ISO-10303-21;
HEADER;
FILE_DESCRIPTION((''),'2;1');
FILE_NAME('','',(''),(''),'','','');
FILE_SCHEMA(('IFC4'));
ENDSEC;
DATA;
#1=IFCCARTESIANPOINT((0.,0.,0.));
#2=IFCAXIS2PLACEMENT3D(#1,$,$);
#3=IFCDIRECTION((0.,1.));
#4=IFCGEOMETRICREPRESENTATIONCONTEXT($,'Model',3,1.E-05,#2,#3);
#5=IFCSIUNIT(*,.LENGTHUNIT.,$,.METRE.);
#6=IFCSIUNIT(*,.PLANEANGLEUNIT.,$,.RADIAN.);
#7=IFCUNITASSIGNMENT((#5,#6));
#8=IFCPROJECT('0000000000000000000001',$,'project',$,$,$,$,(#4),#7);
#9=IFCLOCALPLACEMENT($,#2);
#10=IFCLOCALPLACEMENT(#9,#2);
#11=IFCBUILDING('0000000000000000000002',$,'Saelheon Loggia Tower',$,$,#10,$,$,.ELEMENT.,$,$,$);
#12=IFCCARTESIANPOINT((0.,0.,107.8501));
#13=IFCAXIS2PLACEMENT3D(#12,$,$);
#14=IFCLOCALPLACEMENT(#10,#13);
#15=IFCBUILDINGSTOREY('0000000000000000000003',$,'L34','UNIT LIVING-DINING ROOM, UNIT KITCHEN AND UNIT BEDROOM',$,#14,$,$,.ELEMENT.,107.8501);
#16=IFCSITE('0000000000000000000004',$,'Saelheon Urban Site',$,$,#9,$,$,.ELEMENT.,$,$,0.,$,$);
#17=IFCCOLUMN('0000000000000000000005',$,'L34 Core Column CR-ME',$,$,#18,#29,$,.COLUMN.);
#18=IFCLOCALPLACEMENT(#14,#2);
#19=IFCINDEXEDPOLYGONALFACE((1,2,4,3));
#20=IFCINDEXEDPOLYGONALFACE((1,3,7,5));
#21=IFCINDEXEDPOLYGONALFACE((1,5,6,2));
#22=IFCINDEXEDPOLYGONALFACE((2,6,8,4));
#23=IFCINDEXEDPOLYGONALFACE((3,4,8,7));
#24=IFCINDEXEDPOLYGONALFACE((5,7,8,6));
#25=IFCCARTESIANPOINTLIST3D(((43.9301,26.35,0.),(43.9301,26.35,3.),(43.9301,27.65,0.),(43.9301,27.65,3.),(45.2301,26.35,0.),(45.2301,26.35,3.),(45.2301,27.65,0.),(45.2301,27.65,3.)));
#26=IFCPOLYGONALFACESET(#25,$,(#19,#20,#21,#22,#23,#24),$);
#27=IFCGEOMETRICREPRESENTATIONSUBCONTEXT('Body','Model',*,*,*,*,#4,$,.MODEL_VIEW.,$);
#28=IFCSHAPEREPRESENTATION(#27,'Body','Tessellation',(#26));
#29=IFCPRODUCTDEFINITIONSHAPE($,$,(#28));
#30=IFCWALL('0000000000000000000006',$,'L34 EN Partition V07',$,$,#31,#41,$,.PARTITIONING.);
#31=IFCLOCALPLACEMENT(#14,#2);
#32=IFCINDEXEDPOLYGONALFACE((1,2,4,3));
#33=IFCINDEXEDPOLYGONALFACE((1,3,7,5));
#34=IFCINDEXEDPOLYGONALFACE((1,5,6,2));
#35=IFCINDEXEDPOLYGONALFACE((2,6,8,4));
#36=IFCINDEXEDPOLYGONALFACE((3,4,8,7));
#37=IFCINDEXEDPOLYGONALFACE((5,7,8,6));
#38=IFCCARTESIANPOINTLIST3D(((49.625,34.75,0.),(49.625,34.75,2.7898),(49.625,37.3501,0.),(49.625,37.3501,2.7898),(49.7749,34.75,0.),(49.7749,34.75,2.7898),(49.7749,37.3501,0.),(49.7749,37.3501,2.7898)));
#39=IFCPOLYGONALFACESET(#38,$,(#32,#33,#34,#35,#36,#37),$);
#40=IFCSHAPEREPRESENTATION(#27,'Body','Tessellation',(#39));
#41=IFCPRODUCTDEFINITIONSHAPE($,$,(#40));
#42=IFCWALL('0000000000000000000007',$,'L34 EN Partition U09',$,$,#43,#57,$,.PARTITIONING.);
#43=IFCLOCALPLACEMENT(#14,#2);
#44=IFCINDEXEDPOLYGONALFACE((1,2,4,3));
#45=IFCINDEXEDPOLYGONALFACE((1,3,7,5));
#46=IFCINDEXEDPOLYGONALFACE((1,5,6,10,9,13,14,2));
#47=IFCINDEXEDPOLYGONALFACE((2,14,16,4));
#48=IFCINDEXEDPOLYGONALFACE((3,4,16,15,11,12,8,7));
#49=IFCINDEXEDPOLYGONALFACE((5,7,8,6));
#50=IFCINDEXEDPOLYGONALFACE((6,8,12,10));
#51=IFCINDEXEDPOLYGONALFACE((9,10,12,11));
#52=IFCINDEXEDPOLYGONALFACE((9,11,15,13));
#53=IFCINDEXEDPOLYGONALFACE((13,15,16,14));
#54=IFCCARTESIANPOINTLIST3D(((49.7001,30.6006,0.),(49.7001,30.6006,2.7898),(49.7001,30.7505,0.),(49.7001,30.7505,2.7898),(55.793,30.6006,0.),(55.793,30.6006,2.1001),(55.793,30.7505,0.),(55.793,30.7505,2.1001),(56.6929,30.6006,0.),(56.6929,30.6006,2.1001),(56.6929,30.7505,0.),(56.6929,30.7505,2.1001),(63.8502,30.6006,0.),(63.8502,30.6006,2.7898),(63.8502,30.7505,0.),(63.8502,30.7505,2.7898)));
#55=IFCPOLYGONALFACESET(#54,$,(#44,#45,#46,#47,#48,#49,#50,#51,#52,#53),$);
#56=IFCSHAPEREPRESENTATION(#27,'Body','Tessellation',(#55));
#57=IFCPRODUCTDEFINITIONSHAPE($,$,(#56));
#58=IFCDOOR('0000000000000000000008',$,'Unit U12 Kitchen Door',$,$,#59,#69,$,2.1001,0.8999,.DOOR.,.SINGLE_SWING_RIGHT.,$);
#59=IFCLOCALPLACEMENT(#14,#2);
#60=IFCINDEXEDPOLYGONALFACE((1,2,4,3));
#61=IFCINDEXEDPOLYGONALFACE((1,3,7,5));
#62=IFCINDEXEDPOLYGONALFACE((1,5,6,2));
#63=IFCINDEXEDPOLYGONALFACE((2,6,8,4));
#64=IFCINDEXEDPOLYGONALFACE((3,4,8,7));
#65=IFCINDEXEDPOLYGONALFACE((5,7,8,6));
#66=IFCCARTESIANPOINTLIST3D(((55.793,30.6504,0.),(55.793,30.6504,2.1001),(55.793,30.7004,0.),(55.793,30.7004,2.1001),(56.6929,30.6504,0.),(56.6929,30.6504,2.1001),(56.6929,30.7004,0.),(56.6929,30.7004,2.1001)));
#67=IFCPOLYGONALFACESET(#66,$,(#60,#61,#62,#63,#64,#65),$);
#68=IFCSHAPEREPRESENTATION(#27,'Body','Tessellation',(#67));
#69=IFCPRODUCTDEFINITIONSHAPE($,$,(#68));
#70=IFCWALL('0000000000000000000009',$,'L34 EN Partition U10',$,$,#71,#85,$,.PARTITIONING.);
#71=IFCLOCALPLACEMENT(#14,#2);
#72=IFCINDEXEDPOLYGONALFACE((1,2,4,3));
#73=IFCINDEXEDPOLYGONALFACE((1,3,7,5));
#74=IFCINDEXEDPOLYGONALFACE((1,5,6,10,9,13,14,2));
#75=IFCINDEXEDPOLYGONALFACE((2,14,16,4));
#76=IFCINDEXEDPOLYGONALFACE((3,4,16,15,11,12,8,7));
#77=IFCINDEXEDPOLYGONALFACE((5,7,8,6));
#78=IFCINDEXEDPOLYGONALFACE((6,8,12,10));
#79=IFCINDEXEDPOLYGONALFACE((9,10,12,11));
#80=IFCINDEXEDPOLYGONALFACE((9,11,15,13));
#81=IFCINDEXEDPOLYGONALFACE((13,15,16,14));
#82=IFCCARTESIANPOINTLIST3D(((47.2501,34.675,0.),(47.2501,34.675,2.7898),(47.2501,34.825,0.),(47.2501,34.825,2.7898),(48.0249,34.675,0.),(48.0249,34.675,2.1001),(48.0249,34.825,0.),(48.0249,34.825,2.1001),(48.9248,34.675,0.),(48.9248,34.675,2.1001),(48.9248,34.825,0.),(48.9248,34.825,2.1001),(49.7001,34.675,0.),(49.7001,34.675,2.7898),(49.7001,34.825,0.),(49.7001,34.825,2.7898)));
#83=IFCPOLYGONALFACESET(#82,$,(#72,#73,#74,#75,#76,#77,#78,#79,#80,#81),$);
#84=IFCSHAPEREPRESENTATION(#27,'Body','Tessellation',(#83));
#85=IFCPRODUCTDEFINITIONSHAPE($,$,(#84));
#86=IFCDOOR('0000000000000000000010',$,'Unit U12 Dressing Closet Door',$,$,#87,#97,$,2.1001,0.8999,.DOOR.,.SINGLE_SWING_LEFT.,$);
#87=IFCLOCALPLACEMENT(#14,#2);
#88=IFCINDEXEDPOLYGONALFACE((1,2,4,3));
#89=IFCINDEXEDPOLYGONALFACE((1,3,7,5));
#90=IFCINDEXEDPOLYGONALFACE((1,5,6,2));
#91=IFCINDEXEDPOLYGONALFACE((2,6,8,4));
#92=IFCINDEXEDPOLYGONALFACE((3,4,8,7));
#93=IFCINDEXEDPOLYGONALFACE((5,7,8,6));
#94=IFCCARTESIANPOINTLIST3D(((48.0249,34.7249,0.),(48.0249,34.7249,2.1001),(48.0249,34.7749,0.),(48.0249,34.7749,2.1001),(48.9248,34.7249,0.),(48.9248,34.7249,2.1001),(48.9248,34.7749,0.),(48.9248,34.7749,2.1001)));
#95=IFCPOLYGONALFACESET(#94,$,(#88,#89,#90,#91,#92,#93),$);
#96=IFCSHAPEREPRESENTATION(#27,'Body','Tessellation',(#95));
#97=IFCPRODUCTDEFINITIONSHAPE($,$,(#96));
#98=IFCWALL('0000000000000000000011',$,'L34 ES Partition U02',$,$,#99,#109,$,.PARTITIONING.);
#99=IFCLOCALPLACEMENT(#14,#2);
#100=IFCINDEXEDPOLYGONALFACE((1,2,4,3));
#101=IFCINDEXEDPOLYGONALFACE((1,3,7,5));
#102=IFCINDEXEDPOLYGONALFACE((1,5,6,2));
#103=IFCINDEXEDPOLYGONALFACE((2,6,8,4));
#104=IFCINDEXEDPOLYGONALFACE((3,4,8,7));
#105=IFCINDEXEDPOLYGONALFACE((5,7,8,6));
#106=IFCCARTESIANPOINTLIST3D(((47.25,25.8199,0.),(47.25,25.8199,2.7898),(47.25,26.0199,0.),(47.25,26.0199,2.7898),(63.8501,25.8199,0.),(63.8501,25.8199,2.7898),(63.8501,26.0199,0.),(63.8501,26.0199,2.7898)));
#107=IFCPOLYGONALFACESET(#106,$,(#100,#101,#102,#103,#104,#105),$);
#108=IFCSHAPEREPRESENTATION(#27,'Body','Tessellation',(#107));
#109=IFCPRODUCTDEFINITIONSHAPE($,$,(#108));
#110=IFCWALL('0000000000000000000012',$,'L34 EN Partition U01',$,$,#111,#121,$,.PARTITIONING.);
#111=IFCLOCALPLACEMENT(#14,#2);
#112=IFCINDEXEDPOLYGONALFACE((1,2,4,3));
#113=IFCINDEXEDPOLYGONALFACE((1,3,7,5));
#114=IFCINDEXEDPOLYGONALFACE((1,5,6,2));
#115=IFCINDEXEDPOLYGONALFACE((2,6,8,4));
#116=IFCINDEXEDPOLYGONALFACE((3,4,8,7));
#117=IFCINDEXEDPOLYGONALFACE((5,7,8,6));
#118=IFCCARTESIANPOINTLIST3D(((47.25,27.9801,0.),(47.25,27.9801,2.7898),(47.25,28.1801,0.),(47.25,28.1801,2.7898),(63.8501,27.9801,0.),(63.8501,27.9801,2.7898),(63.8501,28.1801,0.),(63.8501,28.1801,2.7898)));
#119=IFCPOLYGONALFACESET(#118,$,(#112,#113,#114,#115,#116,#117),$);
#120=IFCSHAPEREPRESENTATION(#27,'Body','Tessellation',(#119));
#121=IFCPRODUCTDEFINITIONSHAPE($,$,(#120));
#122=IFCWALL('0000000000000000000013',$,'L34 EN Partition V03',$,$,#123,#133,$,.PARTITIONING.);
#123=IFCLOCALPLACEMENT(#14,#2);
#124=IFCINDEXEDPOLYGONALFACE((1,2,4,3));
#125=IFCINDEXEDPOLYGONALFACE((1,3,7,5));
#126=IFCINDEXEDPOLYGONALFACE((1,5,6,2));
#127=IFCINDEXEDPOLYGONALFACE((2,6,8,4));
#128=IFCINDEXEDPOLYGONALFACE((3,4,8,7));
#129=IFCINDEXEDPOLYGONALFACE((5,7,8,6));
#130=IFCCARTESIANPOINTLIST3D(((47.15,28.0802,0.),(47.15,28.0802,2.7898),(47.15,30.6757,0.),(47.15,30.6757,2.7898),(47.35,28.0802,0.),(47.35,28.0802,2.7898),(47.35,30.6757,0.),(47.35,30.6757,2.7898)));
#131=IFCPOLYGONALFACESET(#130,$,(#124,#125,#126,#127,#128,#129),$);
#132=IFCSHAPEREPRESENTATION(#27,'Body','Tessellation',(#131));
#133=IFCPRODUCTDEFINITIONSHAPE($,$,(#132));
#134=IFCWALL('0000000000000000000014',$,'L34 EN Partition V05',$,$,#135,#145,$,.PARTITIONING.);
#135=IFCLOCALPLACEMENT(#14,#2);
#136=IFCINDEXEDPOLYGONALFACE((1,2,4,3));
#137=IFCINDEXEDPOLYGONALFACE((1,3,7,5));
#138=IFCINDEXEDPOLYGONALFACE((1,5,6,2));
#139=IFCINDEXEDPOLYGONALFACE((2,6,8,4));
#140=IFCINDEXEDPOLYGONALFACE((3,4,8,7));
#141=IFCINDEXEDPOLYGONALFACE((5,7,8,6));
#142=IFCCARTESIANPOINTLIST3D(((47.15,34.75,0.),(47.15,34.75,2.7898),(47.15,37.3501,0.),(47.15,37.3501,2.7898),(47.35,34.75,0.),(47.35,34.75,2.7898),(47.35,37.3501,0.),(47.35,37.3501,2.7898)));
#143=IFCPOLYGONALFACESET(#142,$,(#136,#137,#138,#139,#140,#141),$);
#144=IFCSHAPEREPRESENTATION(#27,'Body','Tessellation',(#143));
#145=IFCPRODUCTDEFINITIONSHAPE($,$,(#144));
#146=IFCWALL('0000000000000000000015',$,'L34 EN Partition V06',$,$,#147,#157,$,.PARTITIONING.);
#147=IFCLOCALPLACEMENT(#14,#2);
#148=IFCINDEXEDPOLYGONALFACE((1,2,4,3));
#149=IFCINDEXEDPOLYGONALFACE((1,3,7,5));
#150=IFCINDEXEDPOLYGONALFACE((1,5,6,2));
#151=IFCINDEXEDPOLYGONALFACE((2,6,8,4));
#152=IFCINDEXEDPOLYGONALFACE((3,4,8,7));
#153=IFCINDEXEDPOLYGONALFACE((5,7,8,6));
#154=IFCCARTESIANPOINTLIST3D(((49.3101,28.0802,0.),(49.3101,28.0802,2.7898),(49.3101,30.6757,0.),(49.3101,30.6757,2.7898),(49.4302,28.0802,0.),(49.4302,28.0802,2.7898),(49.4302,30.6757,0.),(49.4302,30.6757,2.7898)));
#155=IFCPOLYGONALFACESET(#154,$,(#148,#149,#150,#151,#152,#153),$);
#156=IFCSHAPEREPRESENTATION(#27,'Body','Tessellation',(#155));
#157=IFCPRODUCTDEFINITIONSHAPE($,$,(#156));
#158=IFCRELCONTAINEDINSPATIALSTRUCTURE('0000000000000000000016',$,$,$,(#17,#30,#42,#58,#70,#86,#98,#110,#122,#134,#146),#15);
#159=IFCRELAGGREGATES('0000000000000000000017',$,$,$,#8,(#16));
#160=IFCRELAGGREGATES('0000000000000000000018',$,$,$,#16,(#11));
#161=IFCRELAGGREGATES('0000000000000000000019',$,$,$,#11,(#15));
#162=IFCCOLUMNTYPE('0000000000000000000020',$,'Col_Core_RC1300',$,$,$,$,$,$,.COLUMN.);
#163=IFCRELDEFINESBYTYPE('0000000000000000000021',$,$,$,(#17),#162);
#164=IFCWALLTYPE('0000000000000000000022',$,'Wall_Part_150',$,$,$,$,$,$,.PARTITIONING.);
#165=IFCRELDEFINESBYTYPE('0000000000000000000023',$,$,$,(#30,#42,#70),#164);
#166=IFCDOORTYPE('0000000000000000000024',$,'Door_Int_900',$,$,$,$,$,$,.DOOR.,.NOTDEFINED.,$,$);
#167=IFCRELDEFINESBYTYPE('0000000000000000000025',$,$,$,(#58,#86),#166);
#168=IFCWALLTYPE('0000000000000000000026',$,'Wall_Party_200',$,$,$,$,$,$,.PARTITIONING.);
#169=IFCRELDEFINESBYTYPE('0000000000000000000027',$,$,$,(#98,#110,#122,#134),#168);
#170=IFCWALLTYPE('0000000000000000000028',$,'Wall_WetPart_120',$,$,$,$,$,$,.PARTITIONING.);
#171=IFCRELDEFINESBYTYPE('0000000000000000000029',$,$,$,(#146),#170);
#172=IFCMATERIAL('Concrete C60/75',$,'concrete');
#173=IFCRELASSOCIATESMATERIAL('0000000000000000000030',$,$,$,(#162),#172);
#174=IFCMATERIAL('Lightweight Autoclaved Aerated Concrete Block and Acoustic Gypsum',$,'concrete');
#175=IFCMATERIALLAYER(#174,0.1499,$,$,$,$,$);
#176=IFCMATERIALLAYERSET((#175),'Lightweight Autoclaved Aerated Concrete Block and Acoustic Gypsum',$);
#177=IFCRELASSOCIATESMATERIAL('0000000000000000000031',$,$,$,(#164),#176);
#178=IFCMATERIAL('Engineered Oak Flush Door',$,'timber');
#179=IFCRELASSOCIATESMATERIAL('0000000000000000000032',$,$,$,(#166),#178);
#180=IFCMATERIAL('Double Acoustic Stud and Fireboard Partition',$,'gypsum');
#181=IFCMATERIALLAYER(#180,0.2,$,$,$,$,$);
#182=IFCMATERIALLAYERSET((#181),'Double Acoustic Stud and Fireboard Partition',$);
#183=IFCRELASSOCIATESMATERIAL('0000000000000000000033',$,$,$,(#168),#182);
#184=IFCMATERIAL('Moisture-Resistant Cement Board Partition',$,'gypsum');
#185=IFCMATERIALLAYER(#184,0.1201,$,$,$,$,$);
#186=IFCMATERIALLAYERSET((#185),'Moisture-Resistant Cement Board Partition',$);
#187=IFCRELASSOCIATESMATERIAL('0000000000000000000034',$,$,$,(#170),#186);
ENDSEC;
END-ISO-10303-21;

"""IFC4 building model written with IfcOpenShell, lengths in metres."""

from ifc_helpers import new_model, si_unit, direction, frame, frame_2d, origin, origin_2d, place, context, subcontext, project, spatial, rectangle, extrude, source, transform, mapped, material, layer, layer_set, material_profile, profile_set, type_object, element, fill, save


model = new_model("IFC4")

# Units and contexts
model_context = context("Model", 3, precision=1e-05, world=origin(), true_north=direction((0.0, 1.0)))
body_context = subcontext(model_context, "Body", "Model", "MODEL_VIEW")
ifc_project = project(units=[si_unit("LENGTHUNIT", "METRE"), si_unit("PLANEANGLEUNIT", "RADIAN")], contexts=[model_context])

# Site, building, storey
site_placement = place(None, origin())
site = spatial("IfcSite", under=ifc_project, at=site_placement, Name="Saelheon Urban Site", CompositionType="ELEMENT", RefElevation=0.0)
building_placement = place(site_placement, origin())
building = spatial("IfcBuilding", under=site, at=building_placement, Name="Saelheon Loggia Tower", CompositionType="ELEMENT")
storey_placement = place(building_placement, frame((0.0, 0.0, 107.8501)))
storey = spatial("IfcBuildingStorey", under=building, at=storey_placement, Name="L34", Description="UNIT LIVING-DINING ROOM, UNIT KITCHEN AND UNIT BEDROOM", CompositionType="ELEMENT", Elevation=107.8501)

# Column
ifc_material_1 = material(Name="Concrete C60/75", Category="concrete")
ifc_material_profile = material_profile(ifc_material_1, rectangle(XDim=1.3, YDim=1.3, at=origin_2d()), Name="RC-1300x1300")
ifc_profile_set = profile_set([ifc_material_profile], Name="Concrete C60/75")
column_type = type_object("IfcColumnType", Name="Col_Core_RC1300", PredefinedType="COLUMN", material=ifc_profile_set)
shared_shape_1 = source(origin(), body_context, "Body", "SweptSolid", [
    extrude(rectangle(XDim=1.3, YDim=1.3, at=origin_2d()), origin(), (0.0, 0.0, 1.0), 3.0),
])
column_placement = place(storey_placement, frame((44.5801, 27.0, 0.0), z_axis=(0.0, 0.0, 1.0), x_axis=(1.0, 0.0, 0.0)))
element("IfcColumn", 1, at=column_placement, inside=storey, type_object=column_type, Name="L34 Core Column CR-ME", PredefinedType="COLUMN", context=body_context, shape_type="MappedRepresentation", body=[
    mapped(shared_shape_1, transform((0.0, 0.0, 0.0), scale=1.0)),
])

# Wall
ifc_material_2 = material(Name="Lightweight Autoclaved Aerated Concrete Block and Acoustic Gypsum", Category="concrete")
ifc_layer_1 = layer(ifc_material_2, 0.1499)
ifc_layer_set_1 = layer_set([ifc_layer_1], Name="Lightweight Autoclaved Aerated Concrete Block and Acoustic Gypsum")
wall_type_1 = type_object("IfcWallType", Name="Wall_Part_150", PredefinedType="PARTITIONING", material=ifc_layer_set_1)
wall_1_placement = place(storey_placement, frame((49.7, 34.75, 0.0), z_axis=(0.0, 0.0, 1.0), x_axis=(0.0, 1.0, 0.0)))
element("IfcWall", 2, at=wall_1_placement, inside=storey, type_object=wall_type_1, Name="L34 EN Partition V07", PredefinedType="PARTITIONING", context=body_context, shape_type="SweptSolid", body=[
    extrude(rectangle(XDim=2.6001, YDim=0.1499, at=frame_2d((1.3, 0.0))), origin(), (0.0, 0.0, 1.0), 2.7898),
])

# Walls, openings, doors
wall_2_placement = place(storey_placement, frame((49.7, 30.6755, 0.0), z_axis=(0.0, 0.0, 1.0), x_axis=(1.0, 0.0, 0.0)))
wall_2 = element("IfcWall", 3, at=wall_2_placement, inside=storey, type_object=wall_type_1, Name="L34 EN Partition U09", PredefinedType="PARTITIONING", context=body_context, shape_type="SweptSolid", body=[
    extrude(rectangle(XDim=14.1501, YDim=0.1499, at=frame_2d((7.0752, 0.0))), origin(), (0.0, 0.0, 1.0), 2.7898),
])
opening_1_placement = place(wall_2_placement, frame((6.093, 0.0, 0.0)))
opening_1 = element("IfcOpeningElement", 4, at=opening_1_placement, cuts=wall_2, PredefinedType="OPENING", context=body_context, shape_type="SweptSolid", body=[
    extrude(rectangle(XDim=0.8999, YDim=2.1001, at=frame_2d((0.45, 1.05))), frame((0.0, 0.0869, 0.0), z_axis=(0.0, -1.0, 0.0), x_axis=(1.0, 0.0, 0.0)), (0.0, 0.0, 1.0), 0.1738),
])
ifc_material_3 = material(Name="Engineered Oak Flush Door", Category="timber")
door_type_1 = type_object("IfcDoorType", Name="Door_Int_900", OperationType="NOTDEFINED", PredefinedType="DOOR", material=ifc_material_3)
shared_shape_2 = source(origin(), body_context, "Body", "SweptSolid", [
    extrude(rectangle(XDim=0.8999, YDim=2.1001, at=frame_2d((0.45, 1.05))), frame((0.0, 0.0249, 0.0), z_axis=(0.0, -1.0, 0.0), x_axis=(1.0, 0.0, 0.0)), (0.0, 0.0, 1.0), 0.05),
])
door_1_placement = place(opening_1_placement, origin())
door_1 = element("IfcDoor", 5, at=door_1_placement, inside=storey, type_object=door_type_1, Name="Unit U12 Kitchen Door", OperationType="SINGLE_SWING_RIGHT", OverallHeight=2.1001, OverallWidth=0.8999, PredefinedType="DOOR", context=body_context, shape_type="MappedRepresentation", body=[
    mapped(shared_shape_2, transform((0.0, 0.0, 0.0), scale=1.0)),
])
fill(opening_1, door_1)
wall_3_placement = place(storey_placement, frame((47.25, 34.75, 0.0), z_axis=(0.0, 0.0, 1.0), x_axis=(1.0, 0.0, 0.0)))
wall_3 = element("IfcWall", 6, at=wall_3_placement, inside=storey, type_object=wall_type_1, Name="L34 EN Partition U10", PredefinedType="PARTITIONING", context=body_context, shape_type="SweptSolid", body=[
    extrude(rectangle(XDim=2.45, YDim=0.1499, at=frame_2d((1.2251, 0.0))), origin(), (0.0, 0.0, 1.0), 2.7898),
])
opening_2_placement = place(wall_3_placement, frame((0.7749, 0.0, 0.0)))
opening_2 = element("IfcOpeningElement", 7, at=opening_2_placement, cuts=wall_3, PredefinedType="OPENING", context=body_context, shape_type="SweptSolid", body=[
    extrude(rectangle(XDim=0.8999, YDim=2.1001, at=frame_2d((0.45, 1.05))), frame((0.0, 0.0869, 0.0), z_axis=(0.0, -1.0, 0.0), x_axis=(1.0, 0.0, 0.0)), (0.0, 0.0, 1.0), 0.1738),
])
door_2_placement = place(opening_2_placement, origin())
door_2 = element("IfcDoor", 8, at=door_2_placement, inside=storey, type_object=door_type_1, Name="Unit U12 Dressing Closet Door", OperationType="SINGLE_SWING_LEFT", OverallHeight=2.1001, OverallWidth=0.8999, PredefinedType="DOOR", context=body_context, shape_type="MappedRepresentation", body=[
    mapped(shared_shape_2, transform((0.0, 0.0, 0.0), scale=1.0)),
])
fill(opening_2, door_2)

# Walls
ifc_material_4 = material(Name="Double Acoustic Stud and Fireboard Partition", Category="gypsum")
ifc_layer_2 = layer(ifc_material_4, 0.2)
ifc_layer_set_2 = layer_set([ifc_layer_2], Name="Double Acoustic Stud and Fireboard Partition")
wall_type_2 = type_object("IfcWallType", Name="Wall_Party_200", PredefinedType="PARTITIONING", material=ifc_layer_set_2)
for number, where, z_axis, x_axis, name in (
    (9, (47.25, 25.9199, 0.0), (0.0, 0.0, 1.0), (1.0, 0.0, 0.0), "L34 ES Partition U02"),
    (10, (47.25, 28.0801, 0.0), (0.0, 0.0, 1.0), (1.0, 0.0, 0.0), "L34 EN Partition U01"),
):
    element("IfcWall", number, at=place(storey_placement, frame(where, z_axis=z_axis, x_axis=x_axis)), inside=storey, type_object=wall_type_2, Name=name, PredefinedType="PARTITIONING", context=body_context, shape_type="SweptSolid", body=[
        extrude(rectangle(XDim=16.6001, YDim=0.2, at=frame_2d((8.3, 0.0))), origin(), (0.0, 0.0, 1.0), 2.7898),
    ])
wall_4_placement = place(storey_placement, frame((47.25, 28.0801, 0.0), z_axis=(0.0, 0.0, 1.0), x_axis=(0.0, 1.0, 0.0)))
element("IfcWall", 11, at=wall_4_placement, inside=storey, type_object=wall_type_2, Name="L34 EN Partition V03", PredefinedType="PARTITIONING", context=body_context, shape_type="SweptSolid", body=[
    extrude(rectangle(XDim=2.5955, YDim=0.2, at=frame_2d((1.2979, 0.0))), origin(), (0.0, 0.0, 1.0), 2.7898),
])

# Walls
wall_5_placement = place(storey_placement, frame((47.25, 34.75, 0.0), z_axis=(0.0, 0.0, 1.0), x_axis=(0.0, 1.0, 0.0)))
element("IfcWall", 12, at=wall_5_placement, inside=storey, type_object=wall_type_2, Name="L34 EN Partition V05", PredefinedType="PARTITIONING", context=body_context, shape_type="SweptSolid", body=[
    extrude(rectangle(XDim=2.6001, YDim=0.2, at=frame_2d((1.3, 0.0))), origin(), (0.0, 0.0, 1.0), 2.7898),
])
ifc_material_5 = material(Name="Moisture-Resistant Cement Board Partition", Category="gypsum")
ifc_layer_3 = layer(ifc_material_5, 0.1201)
ifc_layer_set_3 = layer_set([ifc_layer_3], Name="Moisture-Resistant Cement Board Partition")
wall_type_3 = type_object("IfcWallType", Name="Wall_WetPart_120", PredefinedType="PARTITIONING", material=ifc_layer_set_3)
wall_6_placement = place(storey_placement, frame((49.3701, 28.0801, 0.0), z_axis=(0.0, 0.0, 1.0), x_axis=(0.0, 1.0, 0.0)))
element("IfcWall", 13, at=wall_6_placement, inside=storey, type_object=wall_type_3, Name="L34 EN Partition V06", PredefinedType="PARTITIONING", context=body_context, shape_type="SweptSolid", body=[
    extrude(rectangle(XDim=2.5955, YDim=0.1201, at=frame_2d((1.2979, 0.0))), origin(), (0.0, 0.0, 1.0), 2.7898),
])

save(model, "model.ifc")
